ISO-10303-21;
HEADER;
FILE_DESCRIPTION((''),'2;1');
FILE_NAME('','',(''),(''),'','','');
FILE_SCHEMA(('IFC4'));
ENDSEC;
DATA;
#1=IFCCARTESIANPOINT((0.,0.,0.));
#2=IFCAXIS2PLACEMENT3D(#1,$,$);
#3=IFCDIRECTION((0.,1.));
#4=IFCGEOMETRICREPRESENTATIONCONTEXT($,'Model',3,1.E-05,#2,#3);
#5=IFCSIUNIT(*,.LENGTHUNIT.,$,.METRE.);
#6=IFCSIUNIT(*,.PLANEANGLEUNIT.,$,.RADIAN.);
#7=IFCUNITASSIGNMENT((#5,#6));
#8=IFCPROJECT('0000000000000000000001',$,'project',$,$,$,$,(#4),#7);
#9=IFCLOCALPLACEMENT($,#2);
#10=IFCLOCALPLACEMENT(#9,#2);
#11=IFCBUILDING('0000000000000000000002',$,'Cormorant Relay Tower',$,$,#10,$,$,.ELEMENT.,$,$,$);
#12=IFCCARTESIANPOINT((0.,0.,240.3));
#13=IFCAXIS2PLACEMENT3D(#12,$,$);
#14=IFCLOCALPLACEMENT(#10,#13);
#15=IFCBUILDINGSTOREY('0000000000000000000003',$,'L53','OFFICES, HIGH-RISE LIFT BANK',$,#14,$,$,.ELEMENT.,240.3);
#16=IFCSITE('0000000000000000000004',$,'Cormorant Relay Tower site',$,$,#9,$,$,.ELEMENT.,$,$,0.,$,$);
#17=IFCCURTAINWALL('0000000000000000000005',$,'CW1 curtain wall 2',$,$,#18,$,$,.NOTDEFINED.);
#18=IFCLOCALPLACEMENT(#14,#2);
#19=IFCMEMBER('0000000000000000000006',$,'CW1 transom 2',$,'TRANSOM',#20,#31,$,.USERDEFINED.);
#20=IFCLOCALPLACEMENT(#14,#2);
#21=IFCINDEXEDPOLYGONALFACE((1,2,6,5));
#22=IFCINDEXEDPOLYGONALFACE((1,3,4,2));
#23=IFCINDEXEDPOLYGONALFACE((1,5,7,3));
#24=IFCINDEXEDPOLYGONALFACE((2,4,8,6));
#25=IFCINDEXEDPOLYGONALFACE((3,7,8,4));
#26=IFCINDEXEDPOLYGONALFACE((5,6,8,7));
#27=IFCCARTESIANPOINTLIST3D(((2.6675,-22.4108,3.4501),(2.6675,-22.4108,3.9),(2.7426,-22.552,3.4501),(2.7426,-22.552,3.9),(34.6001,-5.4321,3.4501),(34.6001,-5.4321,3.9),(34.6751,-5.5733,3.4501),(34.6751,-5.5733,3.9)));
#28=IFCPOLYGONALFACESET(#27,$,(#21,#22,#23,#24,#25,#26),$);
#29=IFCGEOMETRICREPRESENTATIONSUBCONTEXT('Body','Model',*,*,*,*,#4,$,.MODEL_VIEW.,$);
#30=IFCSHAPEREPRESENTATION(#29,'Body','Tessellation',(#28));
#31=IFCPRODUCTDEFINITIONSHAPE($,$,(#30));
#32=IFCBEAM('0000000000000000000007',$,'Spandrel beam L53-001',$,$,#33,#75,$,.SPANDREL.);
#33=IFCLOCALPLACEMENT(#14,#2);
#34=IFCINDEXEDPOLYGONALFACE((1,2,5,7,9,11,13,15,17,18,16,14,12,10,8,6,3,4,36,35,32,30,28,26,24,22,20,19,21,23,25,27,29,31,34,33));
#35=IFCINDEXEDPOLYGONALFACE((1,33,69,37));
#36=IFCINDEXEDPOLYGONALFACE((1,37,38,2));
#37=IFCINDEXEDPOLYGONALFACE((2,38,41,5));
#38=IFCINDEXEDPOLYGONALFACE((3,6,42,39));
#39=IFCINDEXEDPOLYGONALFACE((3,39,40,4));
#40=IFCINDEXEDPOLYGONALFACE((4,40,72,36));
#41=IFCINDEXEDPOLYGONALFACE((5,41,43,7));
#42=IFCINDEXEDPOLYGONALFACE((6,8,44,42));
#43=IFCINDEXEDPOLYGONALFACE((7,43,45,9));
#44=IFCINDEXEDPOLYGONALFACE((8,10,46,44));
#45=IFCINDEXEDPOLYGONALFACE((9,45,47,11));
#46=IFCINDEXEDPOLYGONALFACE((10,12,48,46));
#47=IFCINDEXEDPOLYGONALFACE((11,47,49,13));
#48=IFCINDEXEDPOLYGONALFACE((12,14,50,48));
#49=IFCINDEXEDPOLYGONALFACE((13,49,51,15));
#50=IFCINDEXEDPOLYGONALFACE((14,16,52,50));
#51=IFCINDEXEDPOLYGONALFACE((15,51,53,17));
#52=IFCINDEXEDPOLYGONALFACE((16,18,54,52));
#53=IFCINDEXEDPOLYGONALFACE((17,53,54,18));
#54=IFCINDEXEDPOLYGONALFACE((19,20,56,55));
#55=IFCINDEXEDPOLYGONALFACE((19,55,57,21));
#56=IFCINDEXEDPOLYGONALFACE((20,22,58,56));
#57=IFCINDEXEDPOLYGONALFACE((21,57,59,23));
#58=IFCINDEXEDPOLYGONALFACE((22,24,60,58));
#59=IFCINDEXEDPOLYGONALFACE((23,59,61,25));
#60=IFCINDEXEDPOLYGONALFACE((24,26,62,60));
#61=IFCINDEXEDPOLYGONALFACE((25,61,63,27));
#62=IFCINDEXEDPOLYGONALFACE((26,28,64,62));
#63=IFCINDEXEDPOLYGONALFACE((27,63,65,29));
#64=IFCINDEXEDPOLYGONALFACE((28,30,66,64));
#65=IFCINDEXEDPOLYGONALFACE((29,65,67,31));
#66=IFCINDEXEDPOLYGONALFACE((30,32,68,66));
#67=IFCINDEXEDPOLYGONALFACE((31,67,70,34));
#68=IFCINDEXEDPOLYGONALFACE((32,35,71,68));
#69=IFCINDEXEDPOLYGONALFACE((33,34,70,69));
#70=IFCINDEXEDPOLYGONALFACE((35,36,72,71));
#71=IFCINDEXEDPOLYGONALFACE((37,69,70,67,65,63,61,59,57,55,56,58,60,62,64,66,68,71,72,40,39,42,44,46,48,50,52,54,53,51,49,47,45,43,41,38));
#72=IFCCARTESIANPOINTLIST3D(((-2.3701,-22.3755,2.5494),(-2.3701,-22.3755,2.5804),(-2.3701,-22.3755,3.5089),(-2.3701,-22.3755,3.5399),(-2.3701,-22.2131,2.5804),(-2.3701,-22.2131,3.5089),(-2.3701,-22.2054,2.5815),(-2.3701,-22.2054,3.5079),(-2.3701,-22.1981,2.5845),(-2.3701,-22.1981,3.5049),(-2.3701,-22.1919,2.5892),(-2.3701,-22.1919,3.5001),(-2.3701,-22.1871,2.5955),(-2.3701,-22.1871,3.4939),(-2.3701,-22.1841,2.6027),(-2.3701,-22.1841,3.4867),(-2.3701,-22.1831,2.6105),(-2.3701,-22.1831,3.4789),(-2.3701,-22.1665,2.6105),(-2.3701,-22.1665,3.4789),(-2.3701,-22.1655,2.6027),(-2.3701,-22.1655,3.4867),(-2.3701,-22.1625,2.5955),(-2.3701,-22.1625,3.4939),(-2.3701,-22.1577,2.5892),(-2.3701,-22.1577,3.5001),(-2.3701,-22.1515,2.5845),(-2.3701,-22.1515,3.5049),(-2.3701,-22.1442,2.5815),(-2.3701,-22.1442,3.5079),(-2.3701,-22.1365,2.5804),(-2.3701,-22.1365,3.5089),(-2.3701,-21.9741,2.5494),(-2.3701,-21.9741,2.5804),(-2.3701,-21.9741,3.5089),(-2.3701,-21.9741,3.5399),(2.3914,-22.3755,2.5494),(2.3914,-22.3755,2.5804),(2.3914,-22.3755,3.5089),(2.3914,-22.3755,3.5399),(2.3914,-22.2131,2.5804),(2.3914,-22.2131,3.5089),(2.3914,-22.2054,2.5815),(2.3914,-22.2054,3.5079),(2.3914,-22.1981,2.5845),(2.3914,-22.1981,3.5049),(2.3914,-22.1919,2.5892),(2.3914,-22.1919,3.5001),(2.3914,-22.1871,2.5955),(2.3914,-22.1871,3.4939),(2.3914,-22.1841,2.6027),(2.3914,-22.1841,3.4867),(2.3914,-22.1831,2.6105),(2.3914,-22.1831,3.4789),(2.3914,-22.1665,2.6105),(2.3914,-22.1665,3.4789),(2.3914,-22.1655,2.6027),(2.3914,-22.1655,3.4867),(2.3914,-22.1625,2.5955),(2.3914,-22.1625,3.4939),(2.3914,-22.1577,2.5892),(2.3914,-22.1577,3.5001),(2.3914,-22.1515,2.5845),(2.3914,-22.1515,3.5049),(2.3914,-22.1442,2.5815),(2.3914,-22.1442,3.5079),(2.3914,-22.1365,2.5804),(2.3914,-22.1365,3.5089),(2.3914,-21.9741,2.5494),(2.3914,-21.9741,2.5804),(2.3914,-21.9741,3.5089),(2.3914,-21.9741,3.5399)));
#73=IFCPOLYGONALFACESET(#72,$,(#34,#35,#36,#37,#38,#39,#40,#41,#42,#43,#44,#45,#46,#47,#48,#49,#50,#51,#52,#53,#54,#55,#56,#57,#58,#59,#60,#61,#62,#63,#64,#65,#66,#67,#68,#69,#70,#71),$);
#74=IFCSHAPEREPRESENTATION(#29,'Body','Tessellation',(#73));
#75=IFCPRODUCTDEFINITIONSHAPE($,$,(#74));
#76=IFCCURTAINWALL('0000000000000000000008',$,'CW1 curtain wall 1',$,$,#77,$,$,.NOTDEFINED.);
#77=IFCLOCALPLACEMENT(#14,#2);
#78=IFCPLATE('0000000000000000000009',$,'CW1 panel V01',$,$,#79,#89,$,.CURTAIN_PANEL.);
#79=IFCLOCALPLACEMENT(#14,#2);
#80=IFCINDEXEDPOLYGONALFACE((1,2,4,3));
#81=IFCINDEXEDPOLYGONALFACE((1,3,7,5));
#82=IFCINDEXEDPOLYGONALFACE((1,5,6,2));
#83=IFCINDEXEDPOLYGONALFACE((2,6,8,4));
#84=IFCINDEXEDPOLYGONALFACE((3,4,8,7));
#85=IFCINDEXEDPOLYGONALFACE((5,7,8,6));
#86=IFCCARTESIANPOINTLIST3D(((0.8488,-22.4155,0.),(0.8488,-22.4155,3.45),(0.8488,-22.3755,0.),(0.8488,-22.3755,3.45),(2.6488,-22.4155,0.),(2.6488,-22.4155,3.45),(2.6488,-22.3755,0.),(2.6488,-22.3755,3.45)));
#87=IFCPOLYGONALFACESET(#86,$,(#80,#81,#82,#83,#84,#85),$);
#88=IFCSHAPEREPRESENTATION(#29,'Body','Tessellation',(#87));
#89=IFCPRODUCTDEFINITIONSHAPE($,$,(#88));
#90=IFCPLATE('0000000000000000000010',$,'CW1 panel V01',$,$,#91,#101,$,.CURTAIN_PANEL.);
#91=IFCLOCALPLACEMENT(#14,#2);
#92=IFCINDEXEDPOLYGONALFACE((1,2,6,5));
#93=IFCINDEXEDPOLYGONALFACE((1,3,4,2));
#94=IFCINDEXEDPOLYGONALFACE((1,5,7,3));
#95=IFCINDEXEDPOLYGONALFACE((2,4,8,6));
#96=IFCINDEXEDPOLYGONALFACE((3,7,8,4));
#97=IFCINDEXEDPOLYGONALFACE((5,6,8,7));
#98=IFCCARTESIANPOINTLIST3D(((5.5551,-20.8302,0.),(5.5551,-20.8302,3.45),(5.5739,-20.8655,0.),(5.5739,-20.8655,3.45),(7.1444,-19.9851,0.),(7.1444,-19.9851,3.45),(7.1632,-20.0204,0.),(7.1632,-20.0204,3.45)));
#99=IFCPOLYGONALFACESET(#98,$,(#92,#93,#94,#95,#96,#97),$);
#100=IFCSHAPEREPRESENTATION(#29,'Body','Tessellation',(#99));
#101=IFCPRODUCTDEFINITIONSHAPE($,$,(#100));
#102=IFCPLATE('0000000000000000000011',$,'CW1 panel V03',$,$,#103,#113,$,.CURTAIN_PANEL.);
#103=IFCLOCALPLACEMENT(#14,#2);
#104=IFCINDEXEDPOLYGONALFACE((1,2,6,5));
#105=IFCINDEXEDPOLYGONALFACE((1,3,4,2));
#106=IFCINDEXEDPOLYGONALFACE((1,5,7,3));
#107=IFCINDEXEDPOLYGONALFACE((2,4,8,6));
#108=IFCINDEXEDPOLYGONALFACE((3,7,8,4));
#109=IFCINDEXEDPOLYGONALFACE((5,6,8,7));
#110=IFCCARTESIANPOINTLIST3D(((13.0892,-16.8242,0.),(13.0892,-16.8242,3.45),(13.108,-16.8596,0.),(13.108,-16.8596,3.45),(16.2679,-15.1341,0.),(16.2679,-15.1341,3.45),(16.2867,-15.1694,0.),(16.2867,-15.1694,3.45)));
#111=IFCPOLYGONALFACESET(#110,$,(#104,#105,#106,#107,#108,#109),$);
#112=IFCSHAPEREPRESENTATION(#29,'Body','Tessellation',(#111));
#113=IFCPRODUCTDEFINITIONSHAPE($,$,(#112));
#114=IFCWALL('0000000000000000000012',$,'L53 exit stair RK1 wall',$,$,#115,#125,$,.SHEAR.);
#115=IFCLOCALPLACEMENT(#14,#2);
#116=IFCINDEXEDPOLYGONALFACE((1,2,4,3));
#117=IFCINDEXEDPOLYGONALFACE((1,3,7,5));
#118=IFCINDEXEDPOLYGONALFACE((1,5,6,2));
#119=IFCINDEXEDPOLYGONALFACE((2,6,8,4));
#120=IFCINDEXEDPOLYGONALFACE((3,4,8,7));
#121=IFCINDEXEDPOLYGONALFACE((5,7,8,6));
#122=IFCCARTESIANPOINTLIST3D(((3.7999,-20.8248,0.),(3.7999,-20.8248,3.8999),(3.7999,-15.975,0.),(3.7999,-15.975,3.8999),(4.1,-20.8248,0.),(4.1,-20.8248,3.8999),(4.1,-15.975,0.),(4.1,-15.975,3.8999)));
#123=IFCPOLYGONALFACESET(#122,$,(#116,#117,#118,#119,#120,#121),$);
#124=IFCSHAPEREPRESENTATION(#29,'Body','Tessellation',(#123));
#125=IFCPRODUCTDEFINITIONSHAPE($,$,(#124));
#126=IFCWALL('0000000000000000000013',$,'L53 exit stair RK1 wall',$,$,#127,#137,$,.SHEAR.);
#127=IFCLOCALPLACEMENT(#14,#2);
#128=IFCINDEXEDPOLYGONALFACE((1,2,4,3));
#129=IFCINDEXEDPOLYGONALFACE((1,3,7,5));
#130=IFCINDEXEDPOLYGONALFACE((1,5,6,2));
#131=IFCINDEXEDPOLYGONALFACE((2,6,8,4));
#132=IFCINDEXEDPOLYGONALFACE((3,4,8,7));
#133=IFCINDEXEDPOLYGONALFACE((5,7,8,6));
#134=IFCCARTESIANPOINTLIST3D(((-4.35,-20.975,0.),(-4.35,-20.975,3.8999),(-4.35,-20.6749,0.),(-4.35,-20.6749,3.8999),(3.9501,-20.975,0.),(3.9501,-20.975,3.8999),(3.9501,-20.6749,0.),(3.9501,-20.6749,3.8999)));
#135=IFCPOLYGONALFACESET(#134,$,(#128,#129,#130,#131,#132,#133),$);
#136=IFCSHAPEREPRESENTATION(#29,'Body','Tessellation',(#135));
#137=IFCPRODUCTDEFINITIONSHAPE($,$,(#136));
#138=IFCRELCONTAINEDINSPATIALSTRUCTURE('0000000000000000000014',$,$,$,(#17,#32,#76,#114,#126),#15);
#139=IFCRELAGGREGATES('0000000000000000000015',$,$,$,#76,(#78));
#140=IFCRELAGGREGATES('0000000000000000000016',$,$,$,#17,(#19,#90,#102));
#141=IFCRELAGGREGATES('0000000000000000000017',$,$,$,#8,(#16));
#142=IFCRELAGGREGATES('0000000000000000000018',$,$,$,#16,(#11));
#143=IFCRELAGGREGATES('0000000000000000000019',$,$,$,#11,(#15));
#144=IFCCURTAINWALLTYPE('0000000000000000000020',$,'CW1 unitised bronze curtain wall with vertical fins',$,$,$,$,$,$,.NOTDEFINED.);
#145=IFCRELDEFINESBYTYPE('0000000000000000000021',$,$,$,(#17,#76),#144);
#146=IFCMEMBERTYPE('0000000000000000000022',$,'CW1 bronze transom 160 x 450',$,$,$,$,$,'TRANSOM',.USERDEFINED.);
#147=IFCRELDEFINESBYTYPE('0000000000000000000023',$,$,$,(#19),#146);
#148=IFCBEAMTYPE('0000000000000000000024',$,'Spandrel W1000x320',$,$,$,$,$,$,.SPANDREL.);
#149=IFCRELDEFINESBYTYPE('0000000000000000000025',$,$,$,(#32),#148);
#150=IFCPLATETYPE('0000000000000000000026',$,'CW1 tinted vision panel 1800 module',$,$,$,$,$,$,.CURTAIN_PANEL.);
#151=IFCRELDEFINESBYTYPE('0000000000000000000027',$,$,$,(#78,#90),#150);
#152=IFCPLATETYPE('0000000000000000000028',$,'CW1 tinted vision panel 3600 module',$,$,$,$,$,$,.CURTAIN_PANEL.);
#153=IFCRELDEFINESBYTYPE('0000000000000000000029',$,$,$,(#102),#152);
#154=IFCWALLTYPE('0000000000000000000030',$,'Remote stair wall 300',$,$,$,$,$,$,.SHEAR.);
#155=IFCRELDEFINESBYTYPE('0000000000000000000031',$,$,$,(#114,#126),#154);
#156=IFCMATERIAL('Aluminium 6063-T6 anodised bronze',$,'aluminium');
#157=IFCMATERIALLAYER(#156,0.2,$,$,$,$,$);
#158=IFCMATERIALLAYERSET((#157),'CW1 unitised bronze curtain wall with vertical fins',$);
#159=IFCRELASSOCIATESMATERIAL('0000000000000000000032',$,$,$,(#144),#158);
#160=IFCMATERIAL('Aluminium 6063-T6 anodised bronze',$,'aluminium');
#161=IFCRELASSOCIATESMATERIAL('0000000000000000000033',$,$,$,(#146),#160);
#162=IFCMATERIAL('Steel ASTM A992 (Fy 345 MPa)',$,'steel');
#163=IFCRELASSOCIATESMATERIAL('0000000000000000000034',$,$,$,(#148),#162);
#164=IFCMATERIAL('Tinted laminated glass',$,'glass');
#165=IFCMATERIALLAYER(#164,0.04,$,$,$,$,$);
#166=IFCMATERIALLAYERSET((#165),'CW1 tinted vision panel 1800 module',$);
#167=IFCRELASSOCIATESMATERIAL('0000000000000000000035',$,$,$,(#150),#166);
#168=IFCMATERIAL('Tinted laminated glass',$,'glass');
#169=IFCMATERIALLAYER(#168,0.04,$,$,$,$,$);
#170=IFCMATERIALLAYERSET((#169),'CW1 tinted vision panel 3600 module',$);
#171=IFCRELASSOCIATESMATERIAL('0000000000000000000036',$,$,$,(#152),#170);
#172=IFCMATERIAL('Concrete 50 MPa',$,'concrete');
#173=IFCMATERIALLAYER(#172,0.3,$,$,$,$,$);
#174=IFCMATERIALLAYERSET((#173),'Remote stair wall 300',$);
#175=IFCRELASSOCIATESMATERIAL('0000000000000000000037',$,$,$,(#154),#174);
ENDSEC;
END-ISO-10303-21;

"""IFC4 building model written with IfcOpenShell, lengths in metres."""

from ifc_helpers import new_model, si_unit, direction, frame, frame_2d, origin, origin_2d, place, context, subcontext, project, spatial, rectangle, i_section, extrude, material, layer, layer_set, material_profile, profile_set, type_object, element, aggregate, save


model = new_model("IFC4")

# Units and contexts
model_context = context("Model", 3, precision=1e-05, world=origin(), true_north=direction((0.0, 1.0)))
body_context = subcontext(model_context, "Body", "Model", "MODEL_VIEW")
ifc_project = project(units=[si_unit("LENGTHUNIT", "METRE"), si_unit("PLANEANGLEUNIT", "RADIAN")], contexts=[model_context])

# Site, building, storey
site_placement = place(None, origin())
site = spatial("IfcSite", under=ifc_project, at=site_placement, Name="Cormorant Relay Tower site", CompositionType="ELEMENT", RefElevation=0.0)
building_placement = place(site_placement, origin())
building = spatial("IfcBuilding", under=site, at=building_placement, Name="Cormorant Relay Tower", CompositionType="ELEMENT")
storey_placement = place(building_placement, frame((0.0, 0.0, 240.3)))
storey = spatial("IfcBuildingStorey", under=building, at=storey_placement, Name="L53", Description="OFFICES, HIGH-RISE LIFT BANK", CompositionType="ELEMENT", Elevation=240.3)

# Curtain wall, member
ifc_material_1 = material(Name="Aluminium 6063-T6 anodised bronze", Category="aluminium")
ifc_layer_1 = layer(ifc_material_1, 0.2)
ifc_layer_set_1 = layer_set([ifc_layer_1], Name="CW1 unitised bronze curtain wall with vertical fins")
curtain_wall_type = type_object("IfcCurtainWallType", Name="CW1 unitised bronze curtain wall with vertical fins", PredefinedType="NOTDEFINED", material=ifc_layer_set_1)
curtain_wall_1_placement = place(storey_placement, origin())
curtain_wall_1 = element("IfcCurtainWall", 1, at=curtain_wall_1_placement, inside=storey, type_object=curtain_wall_type, Name="CW1 curtain wall 2", PredefinedType="NOTDEFINED")
ifc_material_2 = material(Name="Aluminium 6063-T6 anodised bronze", Category="aluminium")
ifc_material_profile_1 = material_profile(ifc_material_2, rectangle(XDim=0.1599, YDim=0.45, at=origin_2d()), Name="AL 160x450")
ifc_profile_set_1 = profile_set([ifc_material_profile_1], Name="Aluminium 6063-T6 anodised bronze")
member_type_1 = type_object("IfcMemberType", Name="CW1 bronze transom 160 x 450", ElementType="TRANSOM", PredefinedType="USERDEFINED", material=ifc_profile_set_1)
member_1_placement = place(storey_placement, frame((2.7051, -22.4814, 3.675), z_axis=(0.882949, 0.469469, 0.0), x_axis=(-0.469469, 0.882949, 0.0)))
member_1 = element("IfcMember", 2, at=member_1_placement, type_object=member_type_1, Name="CW1 transom 2", ObjectType="TRANSOM", PredefinedType="USERDEFINED", context=body_context, shape_type="SweptSolid", body=[
    extrude(rectangle(XDim=0.1599, YDim=0.45, at=origin_2d()), origin(), (0.0, 0.0, 1.0), 36.1658),
])

# Beam
ifc_material_3 = material(Name="Steel ASTM A992 (Fy 345 MPa)", Category="steel")
ifc_material_profile_2 = material_profile(ifc_material_3, i_section(OverallWidth=0.4014, OverallDepth=0.9905, WebThickness=0.0166, FlangeThickness=0.031, FilletRadius=0.03, at=origin_2d()), Name="W1000x320")
ifc_profile_set_2 = profile_set([ifc_material_profile_2], Name="Steel ASTM A992 (Fy 345 MPa)")
beam_type = type_object("IfcBeamType", Name="Spandrel W1000x320", PredefinedType="SPANDREL", material=ifc_profile_set_2)
beam_placement = place(storey_placement, frame((-2.3701, -22.1748, 3.0447), z_axis=(1.0, 0.0, 0.0), x_axis=(0.0, 1.0, 0.0)))
element("IfcBeam", 3, at=beam_placement, inside=storey, type_object=beam_type, Name="Spandrel beam L53-001", PredefinedType="SPANDREL", context=body_context, shape_type="SweptSolid", body=[
    extrude(i_section(OverallWidth=0.4014, OverallDepth=0.9905, WebThickness=0.0166, FlangeThickness=0.031, FilletRadius=0.03, at=origin_2d()), origin(), (0.0, 0.0, 1.0), 4.7615),
])

# Curtain wall, plate
curtain_wall_2_placement = place(storey_placement, origin())
curtain_wall_2 = element("IfcCurtainWall", 4, at=curtain_wall_2_placement, inside=storey, type_object=curtain_wall_type, Name="CW1 curtain wall 1", PredefinedType="NOTDEFINED")
ifc_material_4 = material(Name="Tinted laminated glass", Category="glass")
ifc_layer_2 = layer(ifc_material_4, 0.04)
ifc_layer_set_2 = layer_set([ifc_layer_2], Name="CW1 tinted vision panel 1800 module")
plate_type_1 = type_object("IfcPlateType", Name="CW1 tinted vision panel 1800 module", PredefinedType="CURTAIN_PANEL", material=ifc_layer_set_2)
plate_1_placement = place(storey_placement, frame((1.7488, -22.3955, 0.0), z_axis=(0.0, 0.0, 1.0), x_axis=(1.0, 0.0, 0.0)))
plate_1 = element("IfcPlate", 5, at=plate_1_placement, type_object=plate_type_1, Name="CW1 panel V01", PredefinedType="CURTAIN_PANEL", context=body_context, shape_type="SweptSolid", body=[
    extrude(rectangle(XDim=1.8, YDim=0.04, at=origin_2d()), origin(), (0.0, 0.0, 1.0), 3.45),
])

# Plates
plate_2_placement = place(storey_placement, frame((6.3591, -20.4253, 0.0), z_axis=(0.0, 0.0, 1.0), x_axis=(0.882948, 0.469472, 0.0)))
plate_2 = element("IfcPlate", 6, at=plate_2_placement, type_object=plate_type_1, Name="CW1 panel V01", PredefinedType="CURTAIN_PANEL", context=body_context, shape_type="SweptSolid", body=[
    extrude(rectangle(XDim=1.8, YDim=0.04, at=origin_2d()), origin(), (0.0, 0.0, 1.0), 3.45),
])
ifc_material_5 = material(Name="Tinted laminated glass", Category="glass")
ifc_layer_3 = layer(ifc_material_5, 0.04)
ifc_layer_set_3 = layer_set([ifc_layer_3], Name="CW1 tinted vision panel 3600 module")
plate_type_2 = type_object("IfcPlateType", Name="CW1 tinted vision panel 3600 module", PredefinedType="CURTAIN_PANEL", material=ifc_layer_set_3)
plate_3_placement = place(storey_placement, frame((14.688, -15.9968, 0.0), z_axis=(0.0, 0.0, 1.0), x_axis=(0.882948, 0.469472, 0.0)))
plate_3 = element("IfcPlate", 7, at=plate_3_placement, type_object=plate_type_2, Name="CW1 panel V03", PredefinedType="CURTAIN_PANEL", context=body_context, shape_type="SweptSolid", body=[
    extrude(rectangle(XDim=3.6001, YDim=0.04, at=origin_2d()), origin(), (0.0, 0.0, 1.0), 3.45),
])

# Walls
ifc_material_6 = material(Name="Concrete 50 MPa", Category="concrete")
ifc_layer_4 = layer(ifc_material_6, 0.3)
ifc_layer_set_4 = layer_set([ifc_layer_4], Name="Remote stair wall 300")
wall_type = type_object("IfcWallType", Name="Remote stair wall 300", PredefinedType="SHEAR", material=ifc_layer_set_4)
wall_1_placement = place(storey_placement, frame((3.95, -15.9751, 0.0), z_axis=(0.0, 0.0, 1.0), x_axis=(0.0, -1.0, 0.0)))
element("IfcWall", 8, at=wall_1_placement, inside=storey, type_object=wall_type, Name="L53 exit stair RK1 wall", PredefinedType="SHEAR", context=body_context, shape_type="SweptSolid", body=[
    extrude(rectangle(XDim=4.8499, YDim=0.3, at=frame_2d((2.4248, 0.0))), origin(), (0.0, 0.0, 1.0), 3.8999),
])
wall_2_placement = place(storey_placement, frame((3.95, -20.825, 0.0), z_axis=(0.0, 0.0, 1.0), x_axis=(-1.0, 0.0, 0.0)))
element("IfcWall", 9, at=wall_2_placement, inside=storey, type_object=wall_type, Name="L53 exit stair RK1 wall", PredefinedType="SHEAR", context=body_context, shape_type="SweptSolid", body=[
    extrude(rectangle(XDim=8.3, YDim=0.3, at=frame_2d((4.1499, 0.0))), origin(), (0.0, 0.0, 1.0), 3.8999),
])

aggregate(curtain_wall_2, [plate_1])
aggregate(curtain_wall_1, [member_1, plate_2, plate_3])

save(model, "model.ifc")
